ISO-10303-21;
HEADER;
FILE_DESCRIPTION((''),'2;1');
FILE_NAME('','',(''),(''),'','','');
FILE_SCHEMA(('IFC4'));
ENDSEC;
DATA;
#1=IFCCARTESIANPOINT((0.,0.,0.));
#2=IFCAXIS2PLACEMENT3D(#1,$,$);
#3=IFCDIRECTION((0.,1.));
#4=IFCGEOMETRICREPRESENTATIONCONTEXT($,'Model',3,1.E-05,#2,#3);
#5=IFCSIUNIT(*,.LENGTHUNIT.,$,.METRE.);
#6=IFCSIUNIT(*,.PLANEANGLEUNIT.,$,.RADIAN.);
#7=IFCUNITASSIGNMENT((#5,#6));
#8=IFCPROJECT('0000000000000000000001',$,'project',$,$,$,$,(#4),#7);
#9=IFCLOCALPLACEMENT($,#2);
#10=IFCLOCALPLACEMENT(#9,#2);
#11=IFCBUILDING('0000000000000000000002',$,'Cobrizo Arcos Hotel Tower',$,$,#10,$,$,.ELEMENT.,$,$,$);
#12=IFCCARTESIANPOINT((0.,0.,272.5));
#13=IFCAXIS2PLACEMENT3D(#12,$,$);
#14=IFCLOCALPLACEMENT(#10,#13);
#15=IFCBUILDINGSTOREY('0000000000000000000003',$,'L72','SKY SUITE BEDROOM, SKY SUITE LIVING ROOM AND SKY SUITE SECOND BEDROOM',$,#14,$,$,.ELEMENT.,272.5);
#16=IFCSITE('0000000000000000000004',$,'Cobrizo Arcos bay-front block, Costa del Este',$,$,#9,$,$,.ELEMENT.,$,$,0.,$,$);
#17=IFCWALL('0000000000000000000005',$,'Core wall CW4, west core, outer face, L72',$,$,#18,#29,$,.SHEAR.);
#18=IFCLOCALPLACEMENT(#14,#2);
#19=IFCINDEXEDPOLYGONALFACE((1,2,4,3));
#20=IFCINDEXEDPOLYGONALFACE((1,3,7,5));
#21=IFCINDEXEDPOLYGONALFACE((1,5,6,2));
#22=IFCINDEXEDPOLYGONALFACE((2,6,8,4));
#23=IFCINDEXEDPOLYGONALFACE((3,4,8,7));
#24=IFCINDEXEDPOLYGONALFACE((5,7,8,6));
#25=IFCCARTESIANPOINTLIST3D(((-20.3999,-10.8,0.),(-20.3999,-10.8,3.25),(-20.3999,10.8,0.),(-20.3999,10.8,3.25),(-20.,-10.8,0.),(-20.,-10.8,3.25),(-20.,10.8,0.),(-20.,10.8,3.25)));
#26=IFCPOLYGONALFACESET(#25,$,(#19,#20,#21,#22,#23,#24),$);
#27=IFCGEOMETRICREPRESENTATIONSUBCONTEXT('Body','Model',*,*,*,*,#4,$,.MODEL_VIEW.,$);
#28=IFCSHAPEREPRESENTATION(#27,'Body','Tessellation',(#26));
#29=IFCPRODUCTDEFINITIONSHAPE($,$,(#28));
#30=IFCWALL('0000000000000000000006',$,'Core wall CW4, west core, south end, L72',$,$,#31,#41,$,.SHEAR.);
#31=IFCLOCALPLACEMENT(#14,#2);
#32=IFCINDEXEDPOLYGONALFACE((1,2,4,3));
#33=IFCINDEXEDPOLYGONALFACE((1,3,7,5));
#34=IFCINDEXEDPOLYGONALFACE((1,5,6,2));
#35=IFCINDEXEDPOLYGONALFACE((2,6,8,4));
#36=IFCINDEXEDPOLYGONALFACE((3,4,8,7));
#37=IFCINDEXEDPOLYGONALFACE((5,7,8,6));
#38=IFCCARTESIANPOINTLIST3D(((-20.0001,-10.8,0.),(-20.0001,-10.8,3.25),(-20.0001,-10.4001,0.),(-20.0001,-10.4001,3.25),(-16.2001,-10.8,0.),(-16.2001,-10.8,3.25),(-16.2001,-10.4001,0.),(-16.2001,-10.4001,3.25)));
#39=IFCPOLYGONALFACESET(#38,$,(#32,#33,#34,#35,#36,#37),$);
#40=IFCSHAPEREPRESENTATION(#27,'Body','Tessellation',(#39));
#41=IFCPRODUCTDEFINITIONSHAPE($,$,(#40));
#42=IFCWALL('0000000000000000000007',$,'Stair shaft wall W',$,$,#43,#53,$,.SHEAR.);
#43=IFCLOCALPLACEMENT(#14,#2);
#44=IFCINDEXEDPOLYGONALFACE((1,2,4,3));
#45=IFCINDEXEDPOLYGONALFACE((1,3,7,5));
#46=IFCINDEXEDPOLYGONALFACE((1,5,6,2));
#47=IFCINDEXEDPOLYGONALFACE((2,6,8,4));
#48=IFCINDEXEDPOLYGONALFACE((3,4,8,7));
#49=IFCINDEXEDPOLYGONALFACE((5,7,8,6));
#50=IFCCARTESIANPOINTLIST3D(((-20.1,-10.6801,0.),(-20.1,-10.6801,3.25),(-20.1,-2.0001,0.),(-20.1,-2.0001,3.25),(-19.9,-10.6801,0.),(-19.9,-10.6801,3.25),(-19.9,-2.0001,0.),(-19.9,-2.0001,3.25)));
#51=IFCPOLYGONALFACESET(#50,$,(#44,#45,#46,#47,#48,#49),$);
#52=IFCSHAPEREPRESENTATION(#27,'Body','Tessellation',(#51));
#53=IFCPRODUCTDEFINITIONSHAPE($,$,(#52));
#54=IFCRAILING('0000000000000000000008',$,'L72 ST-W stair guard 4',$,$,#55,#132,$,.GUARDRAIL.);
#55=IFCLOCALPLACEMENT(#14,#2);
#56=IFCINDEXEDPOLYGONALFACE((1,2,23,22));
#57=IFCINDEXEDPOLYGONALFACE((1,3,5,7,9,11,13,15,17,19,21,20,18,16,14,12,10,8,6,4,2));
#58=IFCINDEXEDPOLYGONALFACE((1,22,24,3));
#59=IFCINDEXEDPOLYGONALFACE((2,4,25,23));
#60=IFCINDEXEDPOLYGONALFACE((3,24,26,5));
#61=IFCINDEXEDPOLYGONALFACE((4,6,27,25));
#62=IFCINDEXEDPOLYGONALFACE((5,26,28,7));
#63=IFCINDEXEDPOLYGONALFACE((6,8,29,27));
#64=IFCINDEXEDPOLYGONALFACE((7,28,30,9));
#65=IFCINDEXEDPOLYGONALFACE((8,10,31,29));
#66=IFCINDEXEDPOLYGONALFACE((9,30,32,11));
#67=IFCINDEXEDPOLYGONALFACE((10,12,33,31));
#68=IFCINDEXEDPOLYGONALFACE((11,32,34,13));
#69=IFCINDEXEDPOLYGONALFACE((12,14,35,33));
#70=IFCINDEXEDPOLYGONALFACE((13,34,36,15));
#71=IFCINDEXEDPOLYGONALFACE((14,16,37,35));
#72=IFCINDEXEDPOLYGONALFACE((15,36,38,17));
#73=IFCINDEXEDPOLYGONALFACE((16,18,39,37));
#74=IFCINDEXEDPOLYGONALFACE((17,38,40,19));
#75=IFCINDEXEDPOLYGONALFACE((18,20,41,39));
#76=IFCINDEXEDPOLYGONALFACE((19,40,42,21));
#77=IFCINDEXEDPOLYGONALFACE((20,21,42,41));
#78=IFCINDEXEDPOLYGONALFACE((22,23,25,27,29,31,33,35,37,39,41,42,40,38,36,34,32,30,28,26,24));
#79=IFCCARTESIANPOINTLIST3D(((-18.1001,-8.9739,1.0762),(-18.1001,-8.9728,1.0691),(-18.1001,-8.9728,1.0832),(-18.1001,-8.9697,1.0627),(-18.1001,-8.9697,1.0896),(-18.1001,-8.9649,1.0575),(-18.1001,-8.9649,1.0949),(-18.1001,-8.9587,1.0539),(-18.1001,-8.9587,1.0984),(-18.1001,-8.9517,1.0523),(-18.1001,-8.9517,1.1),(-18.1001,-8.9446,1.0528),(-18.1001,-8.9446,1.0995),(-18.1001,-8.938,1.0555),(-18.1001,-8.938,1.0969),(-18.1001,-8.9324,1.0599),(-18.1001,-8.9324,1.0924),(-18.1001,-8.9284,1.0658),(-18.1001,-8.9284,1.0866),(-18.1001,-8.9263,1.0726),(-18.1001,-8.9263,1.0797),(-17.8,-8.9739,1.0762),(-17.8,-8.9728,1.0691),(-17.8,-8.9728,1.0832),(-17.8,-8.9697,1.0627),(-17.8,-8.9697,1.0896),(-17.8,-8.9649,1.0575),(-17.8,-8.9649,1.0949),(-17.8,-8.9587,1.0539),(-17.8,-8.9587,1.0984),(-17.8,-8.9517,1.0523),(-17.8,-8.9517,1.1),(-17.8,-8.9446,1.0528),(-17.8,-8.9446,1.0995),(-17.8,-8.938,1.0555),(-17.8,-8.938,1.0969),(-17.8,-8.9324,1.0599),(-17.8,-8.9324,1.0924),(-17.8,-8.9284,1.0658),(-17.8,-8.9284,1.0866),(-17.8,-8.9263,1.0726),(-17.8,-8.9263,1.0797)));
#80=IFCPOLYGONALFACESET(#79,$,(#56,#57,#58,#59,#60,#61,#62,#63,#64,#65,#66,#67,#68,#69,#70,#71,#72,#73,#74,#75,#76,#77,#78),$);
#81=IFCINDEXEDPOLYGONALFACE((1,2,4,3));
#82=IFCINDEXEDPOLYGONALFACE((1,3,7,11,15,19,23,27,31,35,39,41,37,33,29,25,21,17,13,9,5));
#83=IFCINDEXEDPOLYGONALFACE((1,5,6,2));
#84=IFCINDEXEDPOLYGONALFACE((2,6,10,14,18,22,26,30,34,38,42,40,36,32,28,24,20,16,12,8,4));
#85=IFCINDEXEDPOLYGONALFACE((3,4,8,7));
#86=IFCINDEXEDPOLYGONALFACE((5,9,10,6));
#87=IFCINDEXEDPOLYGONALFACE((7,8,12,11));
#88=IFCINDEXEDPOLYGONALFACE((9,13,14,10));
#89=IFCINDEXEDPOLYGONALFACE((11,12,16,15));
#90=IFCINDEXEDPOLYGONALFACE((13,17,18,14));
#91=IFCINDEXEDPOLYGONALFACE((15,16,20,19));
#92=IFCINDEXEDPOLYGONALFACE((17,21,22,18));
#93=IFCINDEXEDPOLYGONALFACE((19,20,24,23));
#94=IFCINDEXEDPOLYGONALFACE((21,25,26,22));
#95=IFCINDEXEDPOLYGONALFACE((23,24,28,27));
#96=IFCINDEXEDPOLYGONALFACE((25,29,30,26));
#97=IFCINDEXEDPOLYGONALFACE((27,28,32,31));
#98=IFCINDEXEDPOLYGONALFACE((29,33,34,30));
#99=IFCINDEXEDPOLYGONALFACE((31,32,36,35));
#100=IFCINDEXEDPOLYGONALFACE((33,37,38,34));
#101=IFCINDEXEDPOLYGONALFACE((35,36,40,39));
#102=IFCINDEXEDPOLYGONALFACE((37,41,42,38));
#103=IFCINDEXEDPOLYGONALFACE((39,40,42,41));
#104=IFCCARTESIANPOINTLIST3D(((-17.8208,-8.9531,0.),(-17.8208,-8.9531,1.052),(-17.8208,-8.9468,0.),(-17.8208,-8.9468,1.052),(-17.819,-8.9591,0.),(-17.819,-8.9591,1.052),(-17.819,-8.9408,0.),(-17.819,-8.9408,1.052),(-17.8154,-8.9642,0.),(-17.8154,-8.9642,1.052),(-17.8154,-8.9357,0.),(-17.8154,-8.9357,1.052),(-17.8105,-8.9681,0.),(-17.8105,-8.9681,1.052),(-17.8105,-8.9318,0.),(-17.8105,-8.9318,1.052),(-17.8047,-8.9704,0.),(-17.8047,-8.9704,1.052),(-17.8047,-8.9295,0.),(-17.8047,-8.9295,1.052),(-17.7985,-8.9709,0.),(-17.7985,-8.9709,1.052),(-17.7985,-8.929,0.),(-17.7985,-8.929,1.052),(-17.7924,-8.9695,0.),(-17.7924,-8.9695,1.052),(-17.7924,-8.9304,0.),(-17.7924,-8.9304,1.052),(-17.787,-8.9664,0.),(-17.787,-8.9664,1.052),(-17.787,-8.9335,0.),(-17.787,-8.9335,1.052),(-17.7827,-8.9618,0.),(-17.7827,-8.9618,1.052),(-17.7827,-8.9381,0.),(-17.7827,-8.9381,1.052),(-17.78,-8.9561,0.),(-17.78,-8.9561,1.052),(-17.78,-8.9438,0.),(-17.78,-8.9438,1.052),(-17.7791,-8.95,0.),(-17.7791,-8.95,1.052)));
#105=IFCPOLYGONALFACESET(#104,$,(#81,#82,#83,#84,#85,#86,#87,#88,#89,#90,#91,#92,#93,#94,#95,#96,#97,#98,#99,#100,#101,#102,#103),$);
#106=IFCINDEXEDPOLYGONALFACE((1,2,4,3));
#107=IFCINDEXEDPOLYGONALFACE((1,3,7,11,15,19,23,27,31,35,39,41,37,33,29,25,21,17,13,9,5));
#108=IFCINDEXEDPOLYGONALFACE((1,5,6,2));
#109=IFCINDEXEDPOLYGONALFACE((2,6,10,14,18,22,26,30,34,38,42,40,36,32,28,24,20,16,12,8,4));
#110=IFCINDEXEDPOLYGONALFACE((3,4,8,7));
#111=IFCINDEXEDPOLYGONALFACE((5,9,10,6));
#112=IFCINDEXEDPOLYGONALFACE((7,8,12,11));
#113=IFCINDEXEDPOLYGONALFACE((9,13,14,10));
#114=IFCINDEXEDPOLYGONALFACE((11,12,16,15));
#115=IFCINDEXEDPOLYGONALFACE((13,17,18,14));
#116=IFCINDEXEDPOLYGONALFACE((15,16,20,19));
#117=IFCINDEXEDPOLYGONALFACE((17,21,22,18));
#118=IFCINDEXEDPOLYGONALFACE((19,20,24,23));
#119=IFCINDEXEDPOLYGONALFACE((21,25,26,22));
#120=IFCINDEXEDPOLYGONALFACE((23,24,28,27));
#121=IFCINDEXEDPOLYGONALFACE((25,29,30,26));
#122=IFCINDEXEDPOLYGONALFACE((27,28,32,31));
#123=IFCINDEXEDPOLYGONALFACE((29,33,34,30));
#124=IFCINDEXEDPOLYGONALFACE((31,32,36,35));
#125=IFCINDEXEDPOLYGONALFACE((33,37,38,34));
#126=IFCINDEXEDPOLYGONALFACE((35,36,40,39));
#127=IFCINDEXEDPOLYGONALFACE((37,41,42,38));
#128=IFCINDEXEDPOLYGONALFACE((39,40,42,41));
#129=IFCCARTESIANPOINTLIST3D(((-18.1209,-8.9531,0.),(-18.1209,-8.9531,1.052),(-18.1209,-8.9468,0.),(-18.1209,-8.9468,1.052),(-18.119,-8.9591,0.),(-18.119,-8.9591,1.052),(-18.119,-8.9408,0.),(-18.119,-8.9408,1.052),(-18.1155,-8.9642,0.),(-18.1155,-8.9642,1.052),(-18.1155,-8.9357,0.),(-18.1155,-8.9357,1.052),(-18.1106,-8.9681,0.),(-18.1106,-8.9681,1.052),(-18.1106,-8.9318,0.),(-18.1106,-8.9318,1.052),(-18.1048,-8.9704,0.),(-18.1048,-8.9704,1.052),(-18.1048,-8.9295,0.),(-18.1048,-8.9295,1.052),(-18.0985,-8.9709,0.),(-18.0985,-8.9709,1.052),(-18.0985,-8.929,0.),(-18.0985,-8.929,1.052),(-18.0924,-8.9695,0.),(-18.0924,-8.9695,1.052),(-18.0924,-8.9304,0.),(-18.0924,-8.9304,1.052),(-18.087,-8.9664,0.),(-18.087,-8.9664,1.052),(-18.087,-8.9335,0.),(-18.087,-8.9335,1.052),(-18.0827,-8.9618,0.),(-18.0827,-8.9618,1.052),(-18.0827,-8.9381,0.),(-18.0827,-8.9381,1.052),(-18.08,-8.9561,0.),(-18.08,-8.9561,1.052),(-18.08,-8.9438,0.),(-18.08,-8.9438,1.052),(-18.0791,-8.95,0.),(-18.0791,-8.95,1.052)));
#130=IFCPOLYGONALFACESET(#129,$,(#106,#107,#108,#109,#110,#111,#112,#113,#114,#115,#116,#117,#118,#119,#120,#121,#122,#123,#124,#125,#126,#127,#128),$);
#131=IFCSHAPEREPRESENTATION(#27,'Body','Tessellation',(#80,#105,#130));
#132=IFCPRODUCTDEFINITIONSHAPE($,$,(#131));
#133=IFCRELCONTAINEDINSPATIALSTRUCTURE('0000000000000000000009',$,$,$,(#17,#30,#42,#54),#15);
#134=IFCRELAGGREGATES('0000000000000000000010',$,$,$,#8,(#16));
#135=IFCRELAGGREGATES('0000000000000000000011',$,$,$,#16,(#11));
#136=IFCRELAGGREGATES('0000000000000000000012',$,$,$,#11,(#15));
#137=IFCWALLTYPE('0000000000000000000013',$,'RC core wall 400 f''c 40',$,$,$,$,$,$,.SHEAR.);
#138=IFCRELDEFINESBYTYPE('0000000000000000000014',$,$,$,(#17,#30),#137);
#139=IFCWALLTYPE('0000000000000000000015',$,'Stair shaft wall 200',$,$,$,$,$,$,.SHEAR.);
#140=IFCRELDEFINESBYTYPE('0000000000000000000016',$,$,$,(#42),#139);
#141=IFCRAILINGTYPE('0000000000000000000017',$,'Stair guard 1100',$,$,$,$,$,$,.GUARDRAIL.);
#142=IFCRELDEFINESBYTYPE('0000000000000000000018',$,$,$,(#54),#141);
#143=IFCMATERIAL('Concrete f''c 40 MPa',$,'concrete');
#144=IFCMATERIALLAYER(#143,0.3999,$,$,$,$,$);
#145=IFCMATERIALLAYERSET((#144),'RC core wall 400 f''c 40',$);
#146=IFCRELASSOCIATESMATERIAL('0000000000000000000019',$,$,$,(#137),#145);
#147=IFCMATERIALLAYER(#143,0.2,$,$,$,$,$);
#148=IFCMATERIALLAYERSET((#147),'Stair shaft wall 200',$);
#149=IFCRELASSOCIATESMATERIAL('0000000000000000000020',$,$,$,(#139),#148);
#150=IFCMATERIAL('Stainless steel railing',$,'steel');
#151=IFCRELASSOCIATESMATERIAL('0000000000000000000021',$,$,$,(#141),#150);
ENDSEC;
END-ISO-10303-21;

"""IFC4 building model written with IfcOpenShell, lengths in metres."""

from ifc_helpers import new_model, si_unit, direction, frame, frame_2d, origin, origin_2d, place, context, subcontext, project, spatial, rectangle, circle, extrude, material, layer, layer_set, type_object, element, save


model = new_model("IFC4")

# Units and contexts
model_context = context("Model", 3, precision=1e-05, world=origin(), true_north=direction((0.0, 1.0)))
body_context = subcontext(model_context, "Body", "Model", "MODEL_VIEW")
ifc_project = project(units=[si_unit("LENGTHUNIT", "METRE"), si_unit("PLANEANGLEUNIT", "RADIAN")], contexts=[model_context])

# Site, building, storey
site_placement = place(None, origin())
site = spatial("IfcSite", under=ifc_project, at=site_placement, Name="Cobrizo Arcos bay-front block, Costa del Este", CompositionType="ELEMENT", RefElevation=0.0)
building_placement = place(site_placement, origin())
building = spatial("IfcBuilding", under=site, at=building_placement, Name="Cobrizo Arcos Hotel Tower", CompositionType="ELEMENT")
storey_placement = place(building_placement, frame((0.0, 0.0, 272.5)))
storey = spatial("IfcBuildingStorey", under=building, at=storey_placement, Name="L72", Description="SKY SUITE BEDROOM, SKY SUITE LIVING ROOM AND SKY SUITE SECOND BEDROOM", CompositionType="ELEMENT", Elevation=272.5)

# Shared definitions
ifc_material_1 = material(Name="Concrete f'c 40 MPa", Category="concrete")
ifc_layer_1 = layer(ifc_material_1, 0.3999)
ifc_layer_set_1 = layer_set([ifc_layer_1], Name="RC core wall 400 f'c 40")
wall_type_1 = type_object("IfcWallType", Name="RC core wall 400 f'c 40", PredefinedType="SHEAR", material=ifc_layer_set_1)

# Walls
wall_1_placement = place(storey_placement, frame((-20.2, -10.8, 0.0), z_axis=(0.0, 0.0, 1.0), x_axis=(0.0, 1.0, 0.0)))
element("IfcWall", 1, at=wall_1_placement, inside=storey, type_object=wall_type_1, Name="Core wall CW4, west core, outer face, L72", PredefinedType="SHEAR", context=body_context, shape_type="SweptSolid", body=[
    extrude(rectangle(XDim=21.6001, YDim=0.3999, at=frame_2d((10.8, 0.0))), origin(), (0.0, 0.0, 1.0), 3.25),
])
wall_2_placement = place(storey_placement, frame((-20.0, -10.6001, 0.0), z_axis=(0.0, 0.0, 1.0), x_axis=(1.0, 0.0, 0.0)))
element("IfcWall", 2, at=wall_2_placement, inside=storey, type_object=wall_type_1, Name="Core wall CW4, west core, south end, L72", PredefinedType="SHEAR", context=body_context, shape_type="SweptSolid", body=[
    extrude(rectangle(XDim=3.8, YDim=0.3999, at=frame_2d((1.8999, 0.0))), origin(), (0.0, 0.0, 1.0), 3.25),
])
ifc_layer_2 = layer(ifc_material_1, 0.2)
ifc_layer_set_2 = layer_set([ifc_layer_2], Name="Stair shaft wall 200")
wall_type_2 = type_object("IfcWallType", Name="Stair shaft wall 200", PredefinedType="SHEAR", material=ifc_layer_set_2)
wall_3_placement = place(storey_placement, frame((-20.0, -10.6799, 0.0), z_axis=(0.0, 0.0, 1.0), x_axis=(0.0, 1.0, 0.0)))
element("IfcWall", 3, at=wall_3_placement, inside=storey, type_object=wall_type_2, Name="Stair shaft wall W", PredefinedType="SHEAR", context=body_context, shape_type="SweptSolid", body=[
    extrude(rectangle(XDim=8.6799, YDim=0.2, at=frame_2d((4.3398, 0.0))), origin(), (0.0, 0.0, 1.0), 3.25),
])

# Railing
ifc_material_2 = material(Name="Stainless steel railing", Category="steel")
railing_type = type_object("IfcRailingType", Name="Stair guard 1100", PredefinedType="GUARDRAIL", material=ifc_material_2)
railing_placement = place(storey_placement, frame((-17.8, -8.95, 0.0)))
element("IfcRailing", 4, at=railing_placement, inside=storey, type_object=railing_type, Name="L72 ST-W stair guard 4", PredefinedType="GUARDRAIL", context=body_context, shape_type="SweptSolid", body=[
    extrude(circle(Radius=0.0239, at=origin_2d()), frame((0.0, 0.0, 1.0762), z_axis=(-1.0, 0.0, 0.0), x_axis=(0.0, -1.0, 0.0)), (0.0, 0.0, 1.0), 0.3),
    extrude(circle(Radius=0.021, at=origin_2d()), origin(), (0.0, 0.0, 1.0), 1.052),
    extrude(circle(Radius=0.021, at=origin_2d()), frame((-0.3, 0.0, 0.0)), (0.0, 0.0, 1.0), 1.052),
])

save(model, "model.ifc")
